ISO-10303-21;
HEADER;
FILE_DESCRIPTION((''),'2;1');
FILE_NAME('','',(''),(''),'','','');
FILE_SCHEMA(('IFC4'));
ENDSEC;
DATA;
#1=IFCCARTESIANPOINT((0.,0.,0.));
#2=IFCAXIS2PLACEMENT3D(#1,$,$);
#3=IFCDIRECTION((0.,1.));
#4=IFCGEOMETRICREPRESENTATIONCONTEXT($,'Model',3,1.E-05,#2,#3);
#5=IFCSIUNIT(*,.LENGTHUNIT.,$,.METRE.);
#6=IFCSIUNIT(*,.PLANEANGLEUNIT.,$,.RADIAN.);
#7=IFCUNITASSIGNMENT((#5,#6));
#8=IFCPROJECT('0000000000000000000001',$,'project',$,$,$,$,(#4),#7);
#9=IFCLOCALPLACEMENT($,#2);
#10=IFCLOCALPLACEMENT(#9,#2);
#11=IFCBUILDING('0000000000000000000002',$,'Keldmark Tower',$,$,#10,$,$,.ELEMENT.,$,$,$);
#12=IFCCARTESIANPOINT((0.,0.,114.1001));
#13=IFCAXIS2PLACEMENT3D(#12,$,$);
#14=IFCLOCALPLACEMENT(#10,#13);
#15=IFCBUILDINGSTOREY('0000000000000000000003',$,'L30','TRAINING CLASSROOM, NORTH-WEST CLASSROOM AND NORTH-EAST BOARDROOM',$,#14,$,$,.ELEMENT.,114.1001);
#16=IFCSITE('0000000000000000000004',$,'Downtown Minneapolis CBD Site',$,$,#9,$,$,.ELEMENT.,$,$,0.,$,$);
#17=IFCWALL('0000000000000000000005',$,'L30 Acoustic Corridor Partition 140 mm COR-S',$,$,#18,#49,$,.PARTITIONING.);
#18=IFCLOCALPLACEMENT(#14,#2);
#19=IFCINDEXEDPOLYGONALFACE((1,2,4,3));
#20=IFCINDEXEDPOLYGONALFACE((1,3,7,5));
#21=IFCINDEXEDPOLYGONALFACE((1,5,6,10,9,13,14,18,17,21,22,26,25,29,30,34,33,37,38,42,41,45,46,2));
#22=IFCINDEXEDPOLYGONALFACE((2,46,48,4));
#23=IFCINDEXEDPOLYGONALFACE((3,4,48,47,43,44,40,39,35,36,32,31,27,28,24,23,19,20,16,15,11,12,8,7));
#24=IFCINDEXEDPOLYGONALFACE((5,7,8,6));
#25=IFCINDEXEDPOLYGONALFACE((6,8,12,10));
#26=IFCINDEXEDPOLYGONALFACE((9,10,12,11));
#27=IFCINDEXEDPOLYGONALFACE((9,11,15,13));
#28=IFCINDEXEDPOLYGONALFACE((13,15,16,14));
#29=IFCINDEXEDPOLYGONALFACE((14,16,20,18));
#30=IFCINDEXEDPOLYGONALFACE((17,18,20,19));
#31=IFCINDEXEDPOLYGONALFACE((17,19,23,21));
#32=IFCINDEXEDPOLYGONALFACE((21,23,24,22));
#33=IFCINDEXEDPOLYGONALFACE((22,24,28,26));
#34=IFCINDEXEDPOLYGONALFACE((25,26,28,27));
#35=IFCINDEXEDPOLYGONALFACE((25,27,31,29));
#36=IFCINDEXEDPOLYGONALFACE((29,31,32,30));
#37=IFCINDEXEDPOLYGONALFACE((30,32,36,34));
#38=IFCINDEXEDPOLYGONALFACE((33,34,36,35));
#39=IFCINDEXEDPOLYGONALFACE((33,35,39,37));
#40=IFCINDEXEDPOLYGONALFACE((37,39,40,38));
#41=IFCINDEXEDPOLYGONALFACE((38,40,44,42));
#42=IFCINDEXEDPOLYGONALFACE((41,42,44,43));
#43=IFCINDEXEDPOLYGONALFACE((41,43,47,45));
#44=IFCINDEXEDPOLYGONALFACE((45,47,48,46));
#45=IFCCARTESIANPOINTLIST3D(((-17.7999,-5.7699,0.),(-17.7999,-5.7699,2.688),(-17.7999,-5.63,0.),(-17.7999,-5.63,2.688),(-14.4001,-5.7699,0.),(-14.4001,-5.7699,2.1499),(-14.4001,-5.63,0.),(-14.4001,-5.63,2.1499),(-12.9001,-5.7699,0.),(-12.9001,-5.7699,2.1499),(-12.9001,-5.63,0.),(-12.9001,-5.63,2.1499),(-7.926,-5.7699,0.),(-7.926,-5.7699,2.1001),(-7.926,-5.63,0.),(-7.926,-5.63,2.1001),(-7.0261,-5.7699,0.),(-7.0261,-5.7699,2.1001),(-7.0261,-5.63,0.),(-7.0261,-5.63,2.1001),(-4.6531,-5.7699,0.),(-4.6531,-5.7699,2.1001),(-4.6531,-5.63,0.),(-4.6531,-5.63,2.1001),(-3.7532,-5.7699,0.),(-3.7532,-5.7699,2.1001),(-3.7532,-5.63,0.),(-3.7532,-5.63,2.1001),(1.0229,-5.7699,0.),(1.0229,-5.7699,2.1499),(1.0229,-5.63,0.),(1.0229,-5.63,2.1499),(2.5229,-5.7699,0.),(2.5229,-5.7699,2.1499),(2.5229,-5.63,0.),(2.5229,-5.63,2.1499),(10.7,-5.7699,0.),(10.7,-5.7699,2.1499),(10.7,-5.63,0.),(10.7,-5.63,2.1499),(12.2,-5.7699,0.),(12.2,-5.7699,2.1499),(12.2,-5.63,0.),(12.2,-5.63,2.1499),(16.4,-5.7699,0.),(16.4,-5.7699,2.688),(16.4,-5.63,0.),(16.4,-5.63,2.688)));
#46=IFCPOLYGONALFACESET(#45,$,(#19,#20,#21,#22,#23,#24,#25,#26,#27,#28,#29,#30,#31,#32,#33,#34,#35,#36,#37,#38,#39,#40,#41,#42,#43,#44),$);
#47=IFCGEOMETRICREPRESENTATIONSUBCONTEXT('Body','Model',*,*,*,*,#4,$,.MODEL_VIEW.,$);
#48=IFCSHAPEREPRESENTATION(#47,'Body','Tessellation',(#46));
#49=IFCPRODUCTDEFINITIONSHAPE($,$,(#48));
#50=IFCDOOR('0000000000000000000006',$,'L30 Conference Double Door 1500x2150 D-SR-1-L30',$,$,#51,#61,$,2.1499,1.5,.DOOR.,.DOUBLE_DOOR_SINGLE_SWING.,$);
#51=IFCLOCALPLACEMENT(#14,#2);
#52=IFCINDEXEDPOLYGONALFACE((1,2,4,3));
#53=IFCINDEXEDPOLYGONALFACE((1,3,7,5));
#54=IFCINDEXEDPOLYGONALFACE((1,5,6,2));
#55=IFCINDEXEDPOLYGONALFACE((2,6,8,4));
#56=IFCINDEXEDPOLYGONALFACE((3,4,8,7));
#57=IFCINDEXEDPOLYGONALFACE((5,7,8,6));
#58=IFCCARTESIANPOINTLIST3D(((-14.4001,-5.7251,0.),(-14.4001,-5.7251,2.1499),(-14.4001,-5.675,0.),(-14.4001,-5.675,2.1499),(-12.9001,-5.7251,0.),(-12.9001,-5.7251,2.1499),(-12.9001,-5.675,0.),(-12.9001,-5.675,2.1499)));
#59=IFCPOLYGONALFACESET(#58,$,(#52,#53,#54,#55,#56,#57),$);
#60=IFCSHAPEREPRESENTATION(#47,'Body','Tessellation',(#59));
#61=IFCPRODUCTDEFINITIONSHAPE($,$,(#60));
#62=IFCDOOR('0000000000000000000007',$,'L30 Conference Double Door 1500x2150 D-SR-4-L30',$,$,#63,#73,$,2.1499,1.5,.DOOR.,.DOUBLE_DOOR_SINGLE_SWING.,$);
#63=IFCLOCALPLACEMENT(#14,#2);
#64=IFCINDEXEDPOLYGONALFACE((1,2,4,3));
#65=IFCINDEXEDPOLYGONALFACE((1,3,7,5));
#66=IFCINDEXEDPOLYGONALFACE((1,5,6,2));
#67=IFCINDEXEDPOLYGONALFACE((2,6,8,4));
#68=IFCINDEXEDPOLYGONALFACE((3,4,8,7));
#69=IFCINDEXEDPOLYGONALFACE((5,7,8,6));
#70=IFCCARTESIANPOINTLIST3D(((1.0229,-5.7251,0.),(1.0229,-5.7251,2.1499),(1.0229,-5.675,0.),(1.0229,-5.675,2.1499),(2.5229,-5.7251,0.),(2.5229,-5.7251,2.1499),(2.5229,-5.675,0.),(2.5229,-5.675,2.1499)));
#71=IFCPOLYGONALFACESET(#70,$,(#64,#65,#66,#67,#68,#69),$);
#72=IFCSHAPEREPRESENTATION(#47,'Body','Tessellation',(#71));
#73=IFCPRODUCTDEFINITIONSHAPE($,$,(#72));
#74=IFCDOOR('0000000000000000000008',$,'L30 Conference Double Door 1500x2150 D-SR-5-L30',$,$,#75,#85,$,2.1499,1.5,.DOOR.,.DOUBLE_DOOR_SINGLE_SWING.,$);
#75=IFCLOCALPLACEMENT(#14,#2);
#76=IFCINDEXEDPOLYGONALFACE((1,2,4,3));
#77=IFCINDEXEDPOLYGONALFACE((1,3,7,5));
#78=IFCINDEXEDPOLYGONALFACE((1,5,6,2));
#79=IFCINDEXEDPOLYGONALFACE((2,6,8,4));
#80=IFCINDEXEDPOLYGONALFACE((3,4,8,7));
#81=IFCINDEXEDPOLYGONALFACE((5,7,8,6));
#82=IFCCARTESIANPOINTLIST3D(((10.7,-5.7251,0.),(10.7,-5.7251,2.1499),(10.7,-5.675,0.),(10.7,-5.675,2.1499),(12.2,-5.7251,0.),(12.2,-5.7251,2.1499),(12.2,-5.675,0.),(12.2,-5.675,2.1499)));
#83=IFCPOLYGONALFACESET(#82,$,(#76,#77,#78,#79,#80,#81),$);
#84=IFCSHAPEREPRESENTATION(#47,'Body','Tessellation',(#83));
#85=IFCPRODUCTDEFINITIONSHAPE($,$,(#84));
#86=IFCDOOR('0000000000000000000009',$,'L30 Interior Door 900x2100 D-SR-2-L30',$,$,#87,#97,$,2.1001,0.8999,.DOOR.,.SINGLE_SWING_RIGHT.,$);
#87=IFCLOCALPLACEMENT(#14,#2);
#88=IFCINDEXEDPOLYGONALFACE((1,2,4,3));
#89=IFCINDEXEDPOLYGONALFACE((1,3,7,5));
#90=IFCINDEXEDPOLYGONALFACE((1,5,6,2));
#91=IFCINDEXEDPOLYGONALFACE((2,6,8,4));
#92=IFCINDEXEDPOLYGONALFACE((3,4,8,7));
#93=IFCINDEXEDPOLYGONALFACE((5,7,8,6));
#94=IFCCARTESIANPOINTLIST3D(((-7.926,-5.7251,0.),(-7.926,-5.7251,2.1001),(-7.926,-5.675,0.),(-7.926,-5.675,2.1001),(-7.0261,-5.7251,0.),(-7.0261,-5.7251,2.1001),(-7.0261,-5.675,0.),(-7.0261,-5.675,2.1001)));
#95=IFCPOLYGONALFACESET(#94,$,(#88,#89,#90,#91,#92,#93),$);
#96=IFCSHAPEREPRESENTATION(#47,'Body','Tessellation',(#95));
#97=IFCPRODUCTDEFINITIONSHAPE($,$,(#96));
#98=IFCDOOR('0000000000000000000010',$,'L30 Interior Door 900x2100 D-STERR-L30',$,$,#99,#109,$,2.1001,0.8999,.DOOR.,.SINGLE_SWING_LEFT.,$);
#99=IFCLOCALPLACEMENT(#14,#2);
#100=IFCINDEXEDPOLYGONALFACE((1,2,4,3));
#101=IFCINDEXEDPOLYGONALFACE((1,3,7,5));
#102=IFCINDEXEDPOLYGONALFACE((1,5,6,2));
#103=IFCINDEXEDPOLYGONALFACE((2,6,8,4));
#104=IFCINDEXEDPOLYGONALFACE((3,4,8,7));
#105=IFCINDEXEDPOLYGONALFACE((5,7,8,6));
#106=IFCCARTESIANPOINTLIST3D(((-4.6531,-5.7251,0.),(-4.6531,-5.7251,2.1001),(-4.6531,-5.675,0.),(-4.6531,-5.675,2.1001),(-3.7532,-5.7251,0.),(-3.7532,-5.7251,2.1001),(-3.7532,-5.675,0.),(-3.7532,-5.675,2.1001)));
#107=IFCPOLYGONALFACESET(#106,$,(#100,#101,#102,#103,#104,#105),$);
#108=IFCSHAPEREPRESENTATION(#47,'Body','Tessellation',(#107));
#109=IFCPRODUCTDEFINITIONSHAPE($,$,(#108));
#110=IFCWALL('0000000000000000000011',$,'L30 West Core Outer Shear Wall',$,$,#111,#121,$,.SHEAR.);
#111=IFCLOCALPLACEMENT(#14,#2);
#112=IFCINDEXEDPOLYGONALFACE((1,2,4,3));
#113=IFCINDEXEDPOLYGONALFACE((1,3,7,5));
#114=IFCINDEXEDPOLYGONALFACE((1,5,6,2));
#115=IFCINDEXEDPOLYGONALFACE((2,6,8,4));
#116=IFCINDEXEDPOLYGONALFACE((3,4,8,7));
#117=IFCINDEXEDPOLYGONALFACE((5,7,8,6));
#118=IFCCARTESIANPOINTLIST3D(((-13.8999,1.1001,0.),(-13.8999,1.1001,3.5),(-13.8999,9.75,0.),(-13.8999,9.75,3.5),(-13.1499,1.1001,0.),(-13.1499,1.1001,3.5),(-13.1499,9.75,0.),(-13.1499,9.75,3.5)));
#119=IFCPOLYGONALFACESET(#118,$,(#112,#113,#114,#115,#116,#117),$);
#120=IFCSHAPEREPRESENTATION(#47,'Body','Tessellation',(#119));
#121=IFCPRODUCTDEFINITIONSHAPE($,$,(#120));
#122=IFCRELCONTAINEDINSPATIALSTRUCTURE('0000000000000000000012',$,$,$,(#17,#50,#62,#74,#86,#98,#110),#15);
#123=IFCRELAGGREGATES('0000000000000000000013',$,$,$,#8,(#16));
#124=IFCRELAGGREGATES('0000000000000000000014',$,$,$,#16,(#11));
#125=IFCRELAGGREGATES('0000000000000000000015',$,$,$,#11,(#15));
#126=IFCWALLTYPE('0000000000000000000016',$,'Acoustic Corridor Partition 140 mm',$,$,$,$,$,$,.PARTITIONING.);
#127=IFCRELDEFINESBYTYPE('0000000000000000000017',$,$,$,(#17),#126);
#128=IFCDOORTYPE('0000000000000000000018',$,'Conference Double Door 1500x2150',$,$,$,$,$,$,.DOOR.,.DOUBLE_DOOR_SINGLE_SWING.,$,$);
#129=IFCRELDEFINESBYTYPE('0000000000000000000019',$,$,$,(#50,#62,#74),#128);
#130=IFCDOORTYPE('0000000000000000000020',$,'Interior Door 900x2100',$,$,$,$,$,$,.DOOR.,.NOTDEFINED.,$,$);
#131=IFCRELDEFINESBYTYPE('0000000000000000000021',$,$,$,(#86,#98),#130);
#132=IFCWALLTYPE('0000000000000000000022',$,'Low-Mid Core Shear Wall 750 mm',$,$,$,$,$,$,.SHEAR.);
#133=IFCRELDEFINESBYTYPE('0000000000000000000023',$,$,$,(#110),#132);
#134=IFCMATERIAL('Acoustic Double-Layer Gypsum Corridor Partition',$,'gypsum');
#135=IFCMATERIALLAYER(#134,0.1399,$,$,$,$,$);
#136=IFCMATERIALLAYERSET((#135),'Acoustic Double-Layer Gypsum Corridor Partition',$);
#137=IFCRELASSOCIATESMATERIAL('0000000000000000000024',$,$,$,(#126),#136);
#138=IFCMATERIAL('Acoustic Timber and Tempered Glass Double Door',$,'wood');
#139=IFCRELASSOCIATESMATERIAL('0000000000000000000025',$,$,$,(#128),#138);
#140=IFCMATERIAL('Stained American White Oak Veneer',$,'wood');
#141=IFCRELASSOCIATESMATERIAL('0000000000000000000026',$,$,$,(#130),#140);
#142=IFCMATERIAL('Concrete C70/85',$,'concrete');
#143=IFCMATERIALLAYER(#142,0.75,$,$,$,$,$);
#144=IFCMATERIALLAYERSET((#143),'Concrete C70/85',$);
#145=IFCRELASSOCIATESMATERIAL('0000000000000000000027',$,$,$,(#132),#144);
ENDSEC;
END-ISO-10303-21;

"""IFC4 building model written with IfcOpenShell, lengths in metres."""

from ifc_helpers import new_model, si_unit, direction, frame, frame_2d, origin, place, context, subcontext, project, spatial, rectangle, extrude, material, layer, layer_set, type_object, element, fill, save


model = new_model("IFC4")

# Units and contexts
model_context = context("Model", 3, precision=1e-05, world=origin(), true_north=direction((0.0, 1.0)))
body_context = subcontext(model_context, "Body", "Model", "MODEL_VIEW")
ifc_project = project(units=[si_unit("LENGTHUNIT", "METRE"), si_unit("PLANEANGLEUNIT", "RADIAN")], contexts=[model_context])

# Site, building, storey
site_placement = place(None, origin())
site = spatial("IfcSite", under=ifc_project, at=site_placement, Name="Downtown Minneapolis CBD Site", CompositionType="ELEMENT", RefElevation=0.0)
building_placement = place(site_placement, origin())
building = spatial("IfcBuilding", under=site, at=building_placement, Name="Keldmark Tower", CompositionType="ELEMENT")
storey_placement = place(building_placement, frame((0.0, 0.0, 114.1001)))
storey = spatial("IfcBuildingStorey", under=building, at=storey_placement, Name="L30", Description="TRAINING CLASSROOM, NORTH-WEST CLASSROOM AND NORTH-EAST BOARDROOM", CompositionType="ELEMENT", Elevation=114.1001)

# Wall, openings, doors
ifc_material_1 = material(Name="Acoustic Double-Layer Gypsum Corridor Partition", Category="gypsum")
ifc_layer_1 = layer(ifc_material_1, 0.1399)
ifc_layer_set_1 = layer_set([ifc_layer_1], Name="Acoustic Double-Layer Gypsum Corridor Partition")
wall_type_1 = type_object("IfcWallType", Name="Acoustic Corridor Partition 140 mm", PredefinedType="PARTITIONING", material=ifc_layer_set_1)
wall_1_placement = place(storey_placement, frame((-17.8, -5.7, 0.0), z_axis=(0.0, 0.0, 1.0), x_axis=(1.0, 0.0, 0.0)))
wall_1 = element("IfcWall", 1, at=wall_1_placement, inside=storey, type_object=wall_type_1, Name="L30 Acoustic Corridor Partition 140 mm COR-S", PredefinedType="PARTITIONING", context=body_context, shape_type="SweptSolid", body=[
    extrude(rectangle(XDim=34.2, YDim=0.1399, at=frame_2d((17.1001, 0.0))), origin(), (0.0, 0.0, 1.0), 2.688),
])
opening_1_placement = place(wall_1_placement, frame((3.3999, 0.0, 0.0)))
opening_1 = element("IfcOpeningElement", 2, at=opening_1_placement, cuts=wall_1, PredefinedType="OPENING", context=body_context, shape_type="SweptSolid", body=[
    extrude(rectangle(XDim=1.5, YDim=2.1499, at=frame_2d((0.75, 1.075))), frame((0.0, 0.0798, 0.0), z_axis=(0.0, -1.0, 0.0), x_axis=(1.0, 0.0, 0.0)), (0.0, 0.0, 1.0), 0.1599),
])
opening_2_placement = place(wall_1_placement, frame((9.874, 0.0, 0.0)))
opening_2 = element("IfcOpeningElement", 3, at=opening_2_placement, cuts=wall_1, PredefinedType="OPENING", context=body_context, shape_type="SweptSolid", body=[
    extrude(rectangle(XDim=0.8999, YDim=2.1001, at=frame_2d((0.45, 1.05))), frame((0.0, 0.0798, 0.0), z_axis=(0.0, -1.0, 0.0), x_axis=(1.0, 0.0, 0.0)), (0.0, 0.0, 1.0), 0.1599),
])
opening_3_placement = place(wall_1_placement, frame((13.147, 0.0, 0.0)))
opening_3 = element("IfcOpeningElement", 4, at=opening_3_placement, cuts=wall_1, PredefinedType="OPENING", context=body_context, shape_type="SweptSolid", body=[
    extrude(rectangle(XDim=0.8999, YDim=2.1001, at=frame_2d((0.45, 1.05))), frame((0.0, 0.0798, 0.0), z_axis=(0.0, -1.0, 0.0), x_axis=(1.0, 0.0, 0.0)), (0.0, 0.0, 1.0), 0.1599),
])
opening_4_placement = place(wall_1_placement, frame((18.823, 0.0, 0.0)))
opening_4 = element("IfcOpeningElement", 5, at=opening_4_placement, cuts=wall_1, PredefinedType="OPENING", context=body_context, shape_type="SweptSolid", body=[
    extrude(rectangle(XDim=1.5, YDim=2.1499, at=frame_2d((0.75, 1.075))), frame((0.0, 0.0798, 0.0), z_axis=(0.0, -1.0, 0.0), x_axis=(1.0, 0.0, 0.0)), (0.0, 0.0, 1.0), 0.1599),
])
opening_5_placement = place(wall_1_placement, frame((28.5, 0.0, 0.0)))
opening_5 = element("IfcOpeningElement", 6, at=opening_5_placement, cuts=wall_1, PredefinedType="OPENING", context=body_context, shape_type="SweptSolid", body=[
    extrude(rectangle(XDim=1.5, YDim=2.1499, at=frame_2d((0.75, 1.075))), frame((0.0, 0.0798, 0.0), z_axis=(0.0, -1.0, 0.0), x_axis=(1.0, 0.0, 0.0)), (0.0, 0.0, 1.0), 0.1599),
])
ifc_material_2 = material(Name="Acoustic Timber and Tempered Glass Double Door", Category="wood")
door_type_1 = type_object("IfcDoorType", Name="Conference Double Door 1500x2150", OperationType="DOUBLE_DOOR_SINGLE_SWING", PredefinedType="DOOR", material=ifc_material_2)
door_1_placement = place(opening_1_placement, origin())
door_1 = element("IfcDoor", 7, at=door_1_placement, inside=storey, type_object=door_type_1, Name="L30 Conference Double Door 1500x2150 D-SR-1-L30", OperationType="DOUBLE_DOOR_SINGLE_SWING", OverallHeight=2.1499, OverallWidth=1.5, PredefinedType="DOOR", context=body_context, shape_type="SweptSolid", body=[
    extrude(rectangle(XDim=1.5, YDim=2.1499, at=frame_2d((0.75, 1.075))), frame((0.0, 0.0249, 0.0), z_axis=(0.0, -1.0, 0.0), x_axis=(1.0, 0.0, 0.0)), (0.0, 0.0, 1.0), 0.05),
])
fill(opening_1, door_1)
door_2_placement = place(opening_4_placement, origin())
door_2 = element("IfcDoor", 8, at=door_2_placement, inside=storey, type_object=door_type_1, Name="L30 Conference Double Door 1500x2150 D-SR-4-L30", OperationType="DOUBLE_DOOR_SINGLE_SWING", OverallHeight=2.1499, OverallWidth=1.5, PredefinedType="DOOR", context=body_context, shape_type="SweptSolid", body=[
    extrude(rectangle(XDim=1.5, YDim=2.1499, at=frame_2d((0.75, 1.075))), frame((0.0, 0.0249, 0.0), z_axis=(0.0, -1.0, 0.0), x_axis=(1.0, 0.0, 0.0)), (0.0, 0.0, 1.0), 0.05),
])
fill(opening_4, door_2)
door_3_placement = place(opening_5_placement, origin())
door_3 = element("IfcDoor", 9, at=door_3_placement, inside=storey, type_object=door_type_1, Name="L30 Conference Double Door 1500x2150 D-SR-5-L30", OperationType="DOUBLE_DOOR_SINGLE_SWING", OverallHeight=2.1499, OverallWidth=1.5, PredefinedType="DOOR", context=body_context, shape_type="SweptSolid", body=[
    extrude(rectangle(XDim=1.5, YDim=2.1499, at=frame_2d((0.75, 1.075))), frame((0.0, 0.0249, 0.0), z_axis=(0.0, -1.0, 0.0), x_axis=(1.0, 0.0, 0.0)), (0.0, 0.0, 1.0), 0.05),
])
fill(opening_5, door_3)
ifc_material_3 = material(Name="Stained American White Oak Veneer", Category="wood")
door_type_2 = type_object("IfcDoorType", Name="Interior Door 900x2100", OperationType="NOTDEFINED", PredefinedType="DOOR", material=ifc_material_3)
door_4_placement = place(opening_2_placement, origin())
door_4 = element("IfcDoor", 10, at=door_4_placement, inside=storey, type_object=door_type_2, Name="L30 Interior Door 900x2100 D-SR-2-L30", OperationType="SINGLE_SWING_RIGHT", OverallHeight=2.1001, OverallWidth=0.8999, PredefinedType="DOOR", context=body_context, shape_type="SweptSolid", body=[
    extrude(rectangle(XDim=0.8999, YDim=2.1001, at=frame_2d((0.45, 1.05))), frame((0.0, 0.0249, 0.0), z_axis=(0.0, -1.0, 0.0), x_axis=(1.0, 0.0, 0.0)), (0.0, 0.0, 1.0), 0.05),
])
fill(opening_2, door_4)
door_5_placement = place(opening_3_placement, origin())
door_5 = element("IfcDoor", 11, at=door_5_placement, inside=storey, type_object=door_type_2, Name="L30 Interior Door 900x2100 D-STERR-L30", OperationType="SINGLE_SWING_LEFT", OverallHeight=2.1001, OverallWidth=0.8999, PredefinedType="DOOR", context=body_context, shape_type="SweptSolid", body=[
    extrude(rectangle(XDim=0.8999, YDim=2.1001, at=frame_2d((0.45, 1.05))), frame((0.0, 0.0249, 0.0), z_axis=(0.0, -1.0, 0.0), x_axis=(1.0, 0.0, 0.0)), (0.0, 0.0, 1.0), 0.05),
])
fill(opening_3, door_5)

# Wall
ifc_material_4 = material(Name="Concrete C70/85", Category="concrete")
ifc_layer_2 = layer(ifc_material_4, 0.75)
ifc_layer_set_2 = layer_set([ifc_layer_2], Name="Concrete C70/85")
wall_type_2 = type_object("IfcWallType", Name="Low-Mid Core Shear Wall 750 mm", PredefinedType="SHEAR", material=ifc_layer_set_2)
wall_2_placement = place(storey_placement, frame((-13.5249, 1.1001, 0.0), z_axis=(0.0, 0.0, 1.0), x_axis=(0.0, 1.0, 0.0)))
element("IfcWall", 12, at=wall_2_placement, inside=storey, type_object=wall_type_2, Name="L30 West Core Outer Shear Wall", PredefinedType="SHEAR", context=body_context, shape_type="SweptSolid", body=[
    extrude(rectangle(XDim=8.6499, YDim=0.75, at=frame_2d((4.325, 0.0))), origin(), (0.0, 0.0, 1.0), 3.5),
])

save(model, "model.ifc")
